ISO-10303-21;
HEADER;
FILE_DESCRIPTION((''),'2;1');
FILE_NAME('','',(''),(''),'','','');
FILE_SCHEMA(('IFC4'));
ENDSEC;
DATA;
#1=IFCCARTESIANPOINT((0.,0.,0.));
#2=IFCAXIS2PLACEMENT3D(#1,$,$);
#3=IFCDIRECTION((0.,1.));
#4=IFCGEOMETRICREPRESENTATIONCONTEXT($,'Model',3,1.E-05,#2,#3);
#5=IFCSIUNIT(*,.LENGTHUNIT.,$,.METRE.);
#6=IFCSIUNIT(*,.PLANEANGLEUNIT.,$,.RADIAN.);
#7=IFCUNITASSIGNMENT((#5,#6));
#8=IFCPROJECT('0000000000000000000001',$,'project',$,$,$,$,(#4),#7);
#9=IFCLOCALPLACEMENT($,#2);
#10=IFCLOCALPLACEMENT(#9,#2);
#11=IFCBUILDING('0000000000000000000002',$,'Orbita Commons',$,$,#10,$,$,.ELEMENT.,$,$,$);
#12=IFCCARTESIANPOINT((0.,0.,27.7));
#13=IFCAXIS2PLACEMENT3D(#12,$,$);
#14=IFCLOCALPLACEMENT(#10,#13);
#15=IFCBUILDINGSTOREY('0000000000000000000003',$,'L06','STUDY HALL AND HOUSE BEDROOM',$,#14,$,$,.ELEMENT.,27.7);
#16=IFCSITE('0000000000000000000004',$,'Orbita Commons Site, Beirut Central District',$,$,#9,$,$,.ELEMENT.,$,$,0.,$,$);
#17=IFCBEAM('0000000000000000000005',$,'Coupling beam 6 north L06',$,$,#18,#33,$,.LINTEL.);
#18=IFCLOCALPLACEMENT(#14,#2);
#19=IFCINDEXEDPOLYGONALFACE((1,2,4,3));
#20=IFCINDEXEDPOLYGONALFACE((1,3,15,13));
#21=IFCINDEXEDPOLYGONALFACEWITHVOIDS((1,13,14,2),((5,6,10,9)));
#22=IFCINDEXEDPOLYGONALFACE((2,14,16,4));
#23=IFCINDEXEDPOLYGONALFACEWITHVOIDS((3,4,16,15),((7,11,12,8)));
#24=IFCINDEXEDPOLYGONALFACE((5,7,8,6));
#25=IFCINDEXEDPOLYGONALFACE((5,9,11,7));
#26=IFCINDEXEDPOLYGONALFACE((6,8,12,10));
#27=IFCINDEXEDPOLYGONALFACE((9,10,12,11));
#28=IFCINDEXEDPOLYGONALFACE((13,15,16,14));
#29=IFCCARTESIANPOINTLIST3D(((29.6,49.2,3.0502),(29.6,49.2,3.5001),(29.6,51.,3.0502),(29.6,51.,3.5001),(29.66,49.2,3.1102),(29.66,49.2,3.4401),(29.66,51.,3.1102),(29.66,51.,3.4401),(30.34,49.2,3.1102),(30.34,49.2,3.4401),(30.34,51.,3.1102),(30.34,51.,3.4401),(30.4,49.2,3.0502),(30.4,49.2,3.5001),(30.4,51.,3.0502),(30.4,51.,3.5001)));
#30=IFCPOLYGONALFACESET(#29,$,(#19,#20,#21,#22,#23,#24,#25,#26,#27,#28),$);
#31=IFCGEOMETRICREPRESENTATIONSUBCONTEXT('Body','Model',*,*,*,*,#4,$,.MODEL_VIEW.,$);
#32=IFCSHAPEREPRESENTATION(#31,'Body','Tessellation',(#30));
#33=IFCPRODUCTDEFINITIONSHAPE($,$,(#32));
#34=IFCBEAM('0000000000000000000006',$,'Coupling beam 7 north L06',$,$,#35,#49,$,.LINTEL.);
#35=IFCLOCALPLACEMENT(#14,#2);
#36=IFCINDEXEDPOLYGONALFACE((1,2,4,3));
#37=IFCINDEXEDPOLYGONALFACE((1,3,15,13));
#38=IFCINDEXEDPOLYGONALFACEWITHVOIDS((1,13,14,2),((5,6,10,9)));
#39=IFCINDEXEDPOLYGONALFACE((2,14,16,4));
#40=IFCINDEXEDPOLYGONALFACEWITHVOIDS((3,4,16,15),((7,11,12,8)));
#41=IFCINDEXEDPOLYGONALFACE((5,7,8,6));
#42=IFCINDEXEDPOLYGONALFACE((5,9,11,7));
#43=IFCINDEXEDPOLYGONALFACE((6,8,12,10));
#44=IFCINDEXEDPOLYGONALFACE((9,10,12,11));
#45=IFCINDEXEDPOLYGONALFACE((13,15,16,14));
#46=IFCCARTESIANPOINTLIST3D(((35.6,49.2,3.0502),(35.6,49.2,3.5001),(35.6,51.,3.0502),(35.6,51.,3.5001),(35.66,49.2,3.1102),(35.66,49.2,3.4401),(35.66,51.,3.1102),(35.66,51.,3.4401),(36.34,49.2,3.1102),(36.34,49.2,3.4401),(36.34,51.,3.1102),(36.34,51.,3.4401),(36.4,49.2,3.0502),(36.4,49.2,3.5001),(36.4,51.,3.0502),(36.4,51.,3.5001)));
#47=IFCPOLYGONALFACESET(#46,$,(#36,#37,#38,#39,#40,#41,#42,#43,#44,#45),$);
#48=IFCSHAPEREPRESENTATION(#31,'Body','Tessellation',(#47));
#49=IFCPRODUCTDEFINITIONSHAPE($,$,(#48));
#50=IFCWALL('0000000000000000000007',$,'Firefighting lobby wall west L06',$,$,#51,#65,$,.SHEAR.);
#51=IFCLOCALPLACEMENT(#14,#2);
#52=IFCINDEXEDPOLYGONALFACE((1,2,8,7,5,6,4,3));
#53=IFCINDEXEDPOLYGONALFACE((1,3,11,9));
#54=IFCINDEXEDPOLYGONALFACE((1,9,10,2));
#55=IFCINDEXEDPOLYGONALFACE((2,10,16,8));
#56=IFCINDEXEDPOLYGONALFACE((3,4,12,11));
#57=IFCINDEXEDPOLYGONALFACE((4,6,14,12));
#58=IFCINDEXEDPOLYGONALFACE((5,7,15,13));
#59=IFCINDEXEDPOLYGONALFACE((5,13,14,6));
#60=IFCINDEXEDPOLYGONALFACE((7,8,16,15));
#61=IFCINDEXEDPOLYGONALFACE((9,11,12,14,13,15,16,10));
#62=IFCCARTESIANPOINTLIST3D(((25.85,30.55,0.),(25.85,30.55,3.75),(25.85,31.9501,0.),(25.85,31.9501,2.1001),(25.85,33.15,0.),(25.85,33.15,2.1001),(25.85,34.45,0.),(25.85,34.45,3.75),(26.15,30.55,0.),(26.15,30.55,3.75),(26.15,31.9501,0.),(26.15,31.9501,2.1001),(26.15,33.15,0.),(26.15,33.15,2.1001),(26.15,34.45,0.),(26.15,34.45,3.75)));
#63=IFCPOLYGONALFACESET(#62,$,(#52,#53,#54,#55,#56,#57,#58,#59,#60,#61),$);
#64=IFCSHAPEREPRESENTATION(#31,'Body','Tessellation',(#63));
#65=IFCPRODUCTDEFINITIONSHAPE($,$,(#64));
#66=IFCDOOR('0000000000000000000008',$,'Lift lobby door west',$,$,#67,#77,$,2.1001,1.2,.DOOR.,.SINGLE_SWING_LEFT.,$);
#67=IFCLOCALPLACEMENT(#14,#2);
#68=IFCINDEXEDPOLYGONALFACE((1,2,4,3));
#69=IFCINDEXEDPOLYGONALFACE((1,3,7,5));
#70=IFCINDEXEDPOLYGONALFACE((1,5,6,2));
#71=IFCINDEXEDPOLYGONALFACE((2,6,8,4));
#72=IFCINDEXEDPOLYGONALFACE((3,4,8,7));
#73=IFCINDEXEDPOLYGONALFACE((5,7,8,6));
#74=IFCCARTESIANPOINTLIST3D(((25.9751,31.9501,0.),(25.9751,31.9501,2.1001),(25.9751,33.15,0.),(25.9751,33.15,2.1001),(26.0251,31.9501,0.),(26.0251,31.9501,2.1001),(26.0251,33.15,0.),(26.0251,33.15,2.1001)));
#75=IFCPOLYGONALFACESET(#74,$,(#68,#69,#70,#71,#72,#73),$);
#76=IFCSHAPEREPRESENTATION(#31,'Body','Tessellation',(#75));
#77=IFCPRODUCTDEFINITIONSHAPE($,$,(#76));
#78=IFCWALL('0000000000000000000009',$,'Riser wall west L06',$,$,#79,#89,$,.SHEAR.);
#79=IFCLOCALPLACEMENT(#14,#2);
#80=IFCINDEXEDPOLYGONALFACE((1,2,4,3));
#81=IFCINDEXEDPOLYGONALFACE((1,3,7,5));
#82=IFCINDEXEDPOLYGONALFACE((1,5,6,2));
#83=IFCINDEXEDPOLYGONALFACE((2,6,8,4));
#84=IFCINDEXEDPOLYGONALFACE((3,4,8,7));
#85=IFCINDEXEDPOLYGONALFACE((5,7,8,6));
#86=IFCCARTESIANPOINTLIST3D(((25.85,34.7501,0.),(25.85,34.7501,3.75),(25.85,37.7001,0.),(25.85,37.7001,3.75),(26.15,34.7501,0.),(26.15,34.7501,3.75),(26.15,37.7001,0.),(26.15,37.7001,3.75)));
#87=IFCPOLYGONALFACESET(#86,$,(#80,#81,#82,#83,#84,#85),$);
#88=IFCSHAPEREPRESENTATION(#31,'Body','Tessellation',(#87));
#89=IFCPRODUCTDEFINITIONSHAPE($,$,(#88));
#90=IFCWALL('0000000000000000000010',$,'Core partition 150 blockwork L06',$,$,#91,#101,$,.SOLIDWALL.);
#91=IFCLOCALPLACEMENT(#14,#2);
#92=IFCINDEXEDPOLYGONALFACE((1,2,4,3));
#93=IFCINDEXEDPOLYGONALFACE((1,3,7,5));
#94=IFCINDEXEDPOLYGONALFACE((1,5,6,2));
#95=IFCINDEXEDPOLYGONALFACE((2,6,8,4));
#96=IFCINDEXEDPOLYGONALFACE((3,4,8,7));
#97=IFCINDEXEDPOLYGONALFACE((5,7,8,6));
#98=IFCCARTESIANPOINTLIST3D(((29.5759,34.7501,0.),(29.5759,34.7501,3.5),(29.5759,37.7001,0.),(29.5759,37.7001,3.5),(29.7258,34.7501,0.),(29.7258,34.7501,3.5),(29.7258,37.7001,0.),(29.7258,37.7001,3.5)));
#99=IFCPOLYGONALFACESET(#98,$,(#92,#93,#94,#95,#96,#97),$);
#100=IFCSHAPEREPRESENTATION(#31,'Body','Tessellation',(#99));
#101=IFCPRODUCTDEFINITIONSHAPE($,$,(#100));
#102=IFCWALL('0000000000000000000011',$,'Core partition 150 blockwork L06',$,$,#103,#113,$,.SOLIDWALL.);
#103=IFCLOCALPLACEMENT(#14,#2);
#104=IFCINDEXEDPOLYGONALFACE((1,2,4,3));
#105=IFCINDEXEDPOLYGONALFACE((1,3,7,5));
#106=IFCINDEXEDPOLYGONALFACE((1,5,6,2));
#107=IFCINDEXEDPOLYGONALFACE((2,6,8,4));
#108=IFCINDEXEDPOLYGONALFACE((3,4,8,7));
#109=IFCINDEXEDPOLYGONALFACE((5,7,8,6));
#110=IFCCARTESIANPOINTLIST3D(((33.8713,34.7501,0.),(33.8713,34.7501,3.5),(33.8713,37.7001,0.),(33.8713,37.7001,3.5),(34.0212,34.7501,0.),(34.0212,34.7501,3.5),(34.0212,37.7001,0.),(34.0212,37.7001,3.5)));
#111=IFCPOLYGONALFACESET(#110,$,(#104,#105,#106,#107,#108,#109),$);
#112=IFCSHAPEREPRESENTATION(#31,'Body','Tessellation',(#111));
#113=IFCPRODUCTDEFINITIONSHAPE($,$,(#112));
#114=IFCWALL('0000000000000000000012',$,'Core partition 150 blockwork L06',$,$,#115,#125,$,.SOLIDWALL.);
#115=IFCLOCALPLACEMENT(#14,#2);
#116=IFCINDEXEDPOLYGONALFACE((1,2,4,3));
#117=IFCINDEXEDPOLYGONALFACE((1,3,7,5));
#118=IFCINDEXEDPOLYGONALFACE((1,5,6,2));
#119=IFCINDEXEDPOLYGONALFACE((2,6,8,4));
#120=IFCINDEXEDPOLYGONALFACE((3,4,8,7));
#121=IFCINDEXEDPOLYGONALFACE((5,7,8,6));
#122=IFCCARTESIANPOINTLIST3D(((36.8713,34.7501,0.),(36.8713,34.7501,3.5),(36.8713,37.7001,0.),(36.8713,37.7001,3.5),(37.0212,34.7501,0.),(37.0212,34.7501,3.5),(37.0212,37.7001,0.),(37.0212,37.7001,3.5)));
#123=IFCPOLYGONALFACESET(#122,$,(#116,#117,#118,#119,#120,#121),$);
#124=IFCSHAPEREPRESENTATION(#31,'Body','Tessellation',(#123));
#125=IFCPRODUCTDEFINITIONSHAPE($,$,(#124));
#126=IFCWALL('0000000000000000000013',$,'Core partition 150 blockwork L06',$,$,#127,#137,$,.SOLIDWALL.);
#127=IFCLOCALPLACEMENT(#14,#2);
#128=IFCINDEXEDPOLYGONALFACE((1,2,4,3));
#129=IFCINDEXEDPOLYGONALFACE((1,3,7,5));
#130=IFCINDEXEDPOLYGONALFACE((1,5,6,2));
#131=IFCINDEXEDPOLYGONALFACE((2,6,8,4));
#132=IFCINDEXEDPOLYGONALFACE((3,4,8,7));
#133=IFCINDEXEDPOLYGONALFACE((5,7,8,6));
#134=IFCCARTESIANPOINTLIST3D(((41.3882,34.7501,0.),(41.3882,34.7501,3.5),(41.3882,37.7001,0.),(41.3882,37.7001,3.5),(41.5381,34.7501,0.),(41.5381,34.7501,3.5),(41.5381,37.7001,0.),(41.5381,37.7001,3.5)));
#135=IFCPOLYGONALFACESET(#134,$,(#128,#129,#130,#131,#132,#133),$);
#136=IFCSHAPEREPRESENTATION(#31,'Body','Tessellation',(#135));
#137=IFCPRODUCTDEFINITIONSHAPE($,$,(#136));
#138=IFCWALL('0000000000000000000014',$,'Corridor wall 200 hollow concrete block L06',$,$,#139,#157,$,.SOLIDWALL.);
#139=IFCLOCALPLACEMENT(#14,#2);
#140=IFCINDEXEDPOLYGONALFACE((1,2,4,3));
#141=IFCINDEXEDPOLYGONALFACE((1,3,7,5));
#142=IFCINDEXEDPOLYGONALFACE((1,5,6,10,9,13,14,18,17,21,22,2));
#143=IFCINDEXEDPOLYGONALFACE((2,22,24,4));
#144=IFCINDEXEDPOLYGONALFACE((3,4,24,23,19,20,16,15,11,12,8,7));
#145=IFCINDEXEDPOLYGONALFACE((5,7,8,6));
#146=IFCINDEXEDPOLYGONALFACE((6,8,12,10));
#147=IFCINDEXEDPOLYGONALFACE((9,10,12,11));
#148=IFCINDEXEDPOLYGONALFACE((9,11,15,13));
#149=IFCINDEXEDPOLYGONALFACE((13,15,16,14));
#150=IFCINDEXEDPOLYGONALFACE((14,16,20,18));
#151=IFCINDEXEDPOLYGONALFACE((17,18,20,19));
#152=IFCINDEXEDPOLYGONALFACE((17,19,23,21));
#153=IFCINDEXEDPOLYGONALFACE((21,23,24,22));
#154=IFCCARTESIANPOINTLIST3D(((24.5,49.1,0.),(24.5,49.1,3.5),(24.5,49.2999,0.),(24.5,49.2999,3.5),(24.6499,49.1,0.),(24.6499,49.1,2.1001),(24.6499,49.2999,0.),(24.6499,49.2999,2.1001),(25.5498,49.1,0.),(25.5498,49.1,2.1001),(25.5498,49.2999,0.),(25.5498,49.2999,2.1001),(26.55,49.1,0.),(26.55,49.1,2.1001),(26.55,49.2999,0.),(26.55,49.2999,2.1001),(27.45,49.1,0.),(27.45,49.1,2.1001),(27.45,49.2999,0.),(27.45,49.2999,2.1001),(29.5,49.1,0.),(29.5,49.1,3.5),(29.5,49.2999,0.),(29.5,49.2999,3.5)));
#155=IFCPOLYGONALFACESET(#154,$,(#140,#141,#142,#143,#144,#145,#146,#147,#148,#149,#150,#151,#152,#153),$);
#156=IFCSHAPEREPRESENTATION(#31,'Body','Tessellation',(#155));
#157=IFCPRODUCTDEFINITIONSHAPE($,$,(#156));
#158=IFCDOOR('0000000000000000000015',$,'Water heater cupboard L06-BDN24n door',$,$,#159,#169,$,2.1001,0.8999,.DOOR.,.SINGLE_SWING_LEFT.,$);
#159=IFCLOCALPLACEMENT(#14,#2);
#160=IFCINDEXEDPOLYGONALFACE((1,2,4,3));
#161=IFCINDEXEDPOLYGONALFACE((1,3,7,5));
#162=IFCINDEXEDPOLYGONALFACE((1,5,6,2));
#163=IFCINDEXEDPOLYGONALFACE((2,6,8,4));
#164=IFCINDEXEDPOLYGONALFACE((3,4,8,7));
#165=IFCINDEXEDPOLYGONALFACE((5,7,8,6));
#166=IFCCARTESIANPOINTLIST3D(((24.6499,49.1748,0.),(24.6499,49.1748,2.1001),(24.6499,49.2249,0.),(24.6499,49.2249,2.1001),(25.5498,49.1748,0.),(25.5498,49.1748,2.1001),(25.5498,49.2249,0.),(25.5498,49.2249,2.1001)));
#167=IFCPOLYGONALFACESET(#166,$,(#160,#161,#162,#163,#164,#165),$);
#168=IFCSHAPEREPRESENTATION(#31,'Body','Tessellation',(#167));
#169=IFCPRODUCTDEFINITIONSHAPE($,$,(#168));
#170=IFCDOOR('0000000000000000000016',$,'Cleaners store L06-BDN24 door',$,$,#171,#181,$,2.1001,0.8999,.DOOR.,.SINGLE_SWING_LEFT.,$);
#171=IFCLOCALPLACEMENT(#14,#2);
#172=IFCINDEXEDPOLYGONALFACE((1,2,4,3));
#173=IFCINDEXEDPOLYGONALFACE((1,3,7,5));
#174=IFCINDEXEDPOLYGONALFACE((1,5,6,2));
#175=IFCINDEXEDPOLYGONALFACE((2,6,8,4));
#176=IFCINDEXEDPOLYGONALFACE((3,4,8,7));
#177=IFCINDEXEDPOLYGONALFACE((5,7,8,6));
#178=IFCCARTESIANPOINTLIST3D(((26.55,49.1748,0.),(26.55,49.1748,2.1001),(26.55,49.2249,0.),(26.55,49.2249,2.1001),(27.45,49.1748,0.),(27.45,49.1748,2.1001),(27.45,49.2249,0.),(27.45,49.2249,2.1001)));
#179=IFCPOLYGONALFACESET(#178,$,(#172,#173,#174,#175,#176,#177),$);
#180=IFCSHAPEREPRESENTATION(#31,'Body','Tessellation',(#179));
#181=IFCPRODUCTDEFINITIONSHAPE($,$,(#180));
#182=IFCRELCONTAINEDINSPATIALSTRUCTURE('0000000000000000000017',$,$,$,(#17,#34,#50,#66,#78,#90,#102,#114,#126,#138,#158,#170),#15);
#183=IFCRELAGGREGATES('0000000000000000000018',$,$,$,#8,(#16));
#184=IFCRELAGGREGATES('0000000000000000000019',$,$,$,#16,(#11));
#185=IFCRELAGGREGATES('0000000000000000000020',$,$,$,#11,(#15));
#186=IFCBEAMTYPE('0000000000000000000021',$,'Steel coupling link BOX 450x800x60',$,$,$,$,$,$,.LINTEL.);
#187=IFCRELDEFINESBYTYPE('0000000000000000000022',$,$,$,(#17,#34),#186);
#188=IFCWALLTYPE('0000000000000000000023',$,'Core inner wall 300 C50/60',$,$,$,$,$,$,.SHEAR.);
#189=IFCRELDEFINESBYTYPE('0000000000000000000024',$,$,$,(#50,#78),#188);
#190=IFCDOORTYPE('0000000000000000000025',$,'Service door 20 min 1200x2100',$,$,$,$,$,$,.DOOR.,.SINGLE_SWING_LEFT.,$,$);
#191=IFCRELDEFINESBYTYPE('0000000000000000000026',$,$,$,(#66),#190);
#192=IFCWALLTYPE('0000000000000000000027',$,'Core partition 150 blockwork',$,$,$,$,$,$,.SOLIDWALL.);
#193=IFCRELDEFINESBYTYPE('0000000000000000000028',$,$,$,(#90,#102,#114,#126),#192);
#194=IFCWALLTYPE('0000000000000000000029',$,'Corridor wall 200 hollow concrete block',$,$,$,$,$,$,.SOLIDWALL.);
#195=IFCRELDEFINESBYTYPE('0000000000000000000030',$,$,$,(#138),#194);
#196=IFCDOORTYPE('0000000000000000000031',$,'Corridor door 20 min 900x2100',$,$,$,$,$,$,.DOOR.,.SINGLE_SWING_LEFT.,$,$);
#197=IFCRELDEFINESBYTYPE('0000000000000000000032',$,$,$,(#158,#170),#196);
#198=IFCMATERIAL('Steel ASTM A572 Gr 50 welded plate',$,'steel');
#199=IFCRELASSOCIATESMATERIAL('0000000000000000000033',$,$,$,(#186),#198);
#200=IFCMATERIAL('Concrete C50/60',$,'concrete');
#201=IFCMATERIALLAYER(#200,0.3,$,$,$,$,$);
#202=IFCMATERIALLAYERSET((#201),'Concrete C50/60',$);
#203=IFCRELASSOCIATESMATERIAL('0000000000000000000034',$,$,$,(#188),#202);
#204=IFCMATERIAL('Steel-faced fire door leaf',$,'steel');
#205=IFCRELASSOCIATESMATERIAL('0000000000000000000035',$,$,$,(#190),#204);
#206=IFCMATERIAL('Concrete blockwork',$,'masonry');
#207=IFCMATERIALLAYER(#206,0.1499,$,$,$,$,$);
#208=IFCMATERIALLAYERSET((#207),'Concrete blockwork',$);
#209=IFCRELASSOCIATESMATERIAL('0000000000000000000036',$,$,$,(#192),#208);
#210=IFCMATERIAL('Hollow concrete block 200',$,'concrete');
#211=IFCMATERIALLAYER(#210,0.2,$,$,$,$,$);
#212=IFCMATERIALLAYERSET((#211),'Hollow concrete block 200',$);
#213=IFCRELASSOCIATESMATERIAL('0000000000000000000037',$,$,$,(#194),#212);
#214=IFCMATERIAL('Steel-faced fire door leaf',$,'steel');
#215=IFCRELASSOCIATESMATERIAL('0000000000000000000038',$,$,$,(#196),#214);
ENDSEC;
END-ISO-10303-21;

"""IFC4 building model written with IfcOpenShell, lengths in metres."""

from ifc_helpers import new_model, si_unit, direction, frame, frame_2d, origin, origin_2d, place, context, subcontext, project, spatial, rectangle, hollow_rectangle, extrude, material, layer, layer_set, material_profile, profile_set, type_object, element, fill, save


model = new_model("IFC4")

# Units and contexts
model_context = context("Model", 3, precision=1e-05, world=origin(), true_north=direction((0.0, 1.0)))
body_context = subcontext(model_context, "Body", "Model", "MODEL_VIEW")
ifc_project = project(units=[si_unit("LENGTHUNIT", "METRE"), si_unit("PLANEANGLEUNIT", "RADIAN")], contexts=[model_context])

# Site, building, storey
site_placement = place(None, origin())
site = spatial("IfcSite", under=ifc_project, at=site_placement, Name="Orbita Commons Site, Beirut Central District", CompositionType="ELEMENT", RefElevation=0.0)
building_placement = place(site_placement, origin())
building = spatial("IfcBuilding", under=site, at=building_placement, Name="Orbita Commons", CompositionType="ELEMENT")
storey_placement = place(building_placement, frame((0.0, 0.0, 27.7)))
storey = spatial("IfcBuildingStorey", under=building, at=storey_placement, Name="L06", Description="STUDY HALL AND HOUSE BEDROOM", CompositionType="ELEMENT", Elevation=27.7)

# Beams
ifc_material_1 = material(Name="Steel ASTM A572 Gr 50 welded plate", Category="steel")
ifc_material_profile = material_profile(ifc_material_1, hollow_rectangle(XDim=0.8, YDim=0.45, WallThickness=0.0601, at=origin_2d()), Name="BOX 450x800x60")
ifc_profile_set = profile_set([ifc_material_profile], Name="Steel ASTM A572 Gr 50 welded plate")
beam_type = type_object("IfcBeamType", Name="Steel coupling link BOX 450x800x60", PredefinedType="LINTEL", material=ifc_profile_set)
for number, where, z_axis, x_axis, name in (
    (1, (30.0, 49.2, 3.2751), (0.0, 1.0, 0.0), (-1.0, 0.0, 0.0), "Coupling beam 6 north L06"),
    (2, (36.0, 49.2, 3.2751), (0.0, 1.0, 0.0), (-1.0, 0.0, 0.0), "Coupling beam 7 north L06"),
):
    element("IfcBeam", number, at=place(storey_placement, frame(where, z_axis=z_axis, x_axis=x_axis)), inside=storey, type_object=beam_type, Name=name, PredefinedType="LINTEL", context=body_context, shape_type="SweptSolid", body=[
        extrude(hollow_rectangle(XDim=0.8, YDim=0.45, WallThickness=0.0601, at=origin_2d()), origin(), (0.0, 0.0, 1.0), 1.8),
    ])

# Wall, opening, door
ifc_material_2 = material(Name="Concrete C50/60", Category="concrete")
ifc_layer_1 = layer(ifc_material_2, 0.3)
ifc_layer_set_1 = layer_set([ifc_layer_1], Name="Concrete C50/60")
wall_type_1 = type_object("IfcWallType", Name="Core inner wall 300 C50/60", PredefinedType="SHEAR", material=ifc_layer_set_1)
wall_1_placement = place(storey_placement, frame((26.0, 30.55, 0.0), z_axis=(0.0, 0.0, 1.0), x_axis=(0.0, 1.0, 0.0)))
wall_1 = element("IfcWall", 3, at=wall_1_placement, inside=storey, type_object=wall_type_1, Name="Firefighting lobby wall west L06", PredefinedType="SHEAR", context=body_context, shape_type="SweptSolid", body=[
    extrude(rectangle(XDim=3.8999, YDim=0.3, at=frame_2d((1.95, 0.0))), origin(), (0.0, 0.0, 1.0), 3.75),
])
opening_1_placement = place(wall_1_placement, frame((1.3999, 0.0, 0.0)))
opening_1 = element("IfcOpeningElement", 4, at=opening_1_placement, cuts=wall_1, PredefinedType="OPENING", context=body_context, shape_type="SweptSolid", body=[
    extrude(rectangle(XDim=1.2, YDim=2.1001, at=frame_2d((0.6001, 1.05))), frame((0.0, 0.1599, 0.0), z_axis=(0.0, -1.0, 0.0), x_axis=(1.0, 0.0, 0.0)), (0.0, 0.0, 1.0), 0.3201),
])
ifc_material_3 = material(Name="Steel-faced fire door leaf", Category="steel")
door_type_1 = type_object("IfcDoorType", Name="Service door 20 min 1200x2100", OperationType="SINGLE_SWING_LEFT", PredefinedType="DOOR", material=ifc_material_3)
door_1_placement = place(opening_1_placement, origin())
door_1 = element("IfcDoor", 5, at=door_1_placement, inside=storey, type_object=door_type_1, Name="Lift lobby door west", OperationType="SINGLE_SWING_LEFT", OverallHeight=2.1001, OverallWidth=1.2, PredefinedType="DOOR", context=body_context, shape_type="SweptSolid", body=[
    extrude(rectangle(XDim=1.2, YDim=2.1001, at=frame_2d((0.6001, 1.05))), frame((0.0, 0.0249, 0.0), z_axis=(0.0, -1.0, 0.0), x_axis=(1.0, 0.0, 0.0)), (0.0, 0.0, 1.0), 0.05),
])
fill(opening_1, door_1)

# Walls
wall_2_placement = place(storey_placement, frame((26.0, 34.75, 0.0), z_axis=(0.0, 0.0, 1.0), x_axis=(0.0, 1.0, 0.0)))
element("IfcWall", 6, at=wall_2_placement, inside=storey, type_object=wall_type_1, Name="Riser wall west L06", PredefinedType="SHEAR", context=body_context, shape_type="SweptSolid", body=[
    extrude(rectangle(XDim=2.95, YDim=0.3, at=frame_2d((1.4751, 0.0))), origin(), (0.0, 0.0, 1.0), 3.75),
])
ifc_material_4 = material(Name="Concrete blockwork", Category="masonry")
ifc_layer_2 = layer(ifc_material_4, 0.1499)
ifc_layer_set_2 = layer_set([ifc_layer_2], Name="Concrete blockwork")
wall_type_2 = type_object("IfcWallType", Name="Core partition 150 blockwork", PredefinedType="SOLIDWALL", material=ifc_layer_set_2)
for number, where, z_axis, x_axis, name in (
    (7, (29.6509, 34.75, 0.0), (0.0, 0.0, 1.0), (0.0, 1.0, 0.0), "Core partition 150 blockwork L06"),
    (8, (33.9463, 34.75, 0.0), (0.0, 0.0, 1.0), (0.0, 1.0, 0.0), "Core partition 150 blockwork L06"),
    (9, (36.9463, 34.75, 0.0), (0.0, 0.0, 1.0), (0.0, 1.0, 0.0), "Core partition 150 blockwork L06"),
    (10, (41.4631, 34.75, 0.0), (0.0, 0.0, 1.0), (0.0, 1.0, 0.0), "Core partition 150 blockwork L06"),
):
    element("IfcWall", number, at=place(storey_placement, frame(where, z_axis=z_axis, x_axis=x_axis)), inside=storey, type_object=wall_type_2, Name=name, PredefinedType="SOLIDWALL", context=body_context, shape_type="SweptSolid", body=[
        extrude(rectangle(XDim=2.95, YDim=0.1499, at=frame_2d((1.4751, 0.0))), origin(), (0.0, 0.0, 1.0), 3.5),
    ])

# Wall, openings, doors
ifc_material_5 = material(Name="Hollow concrete block 200", Category="concrete")
ifc_layer_3 = layer(ifc_material_5, 0.2)
ifc_layer_set_3 = layer_set([ifc_layer_3], Name="Hollow concrete block 200")
wall_type_3 = type_object("IfcWallType", Name="Corridor wall 200 hollow concrete block", PredefinedType="SOLIDWALL", material=ifc_layer_set_3)
wall_3_placement = place(storey_placement, frame((24.5, 49.2, 0.0), z_axis=(0.0, 0.0, 1.0), x_axis=(1.0, 0.0, 0.0)))
wall_3 = element("IfcWall", 11, at=wall_3_placement, inside=storey, type_object=wall_type_3, Name="Corridor wall 200 hollow concrete block L06", PredefinedType="SOLIDWALL", context=body_context, shape_type="SweptSolid", body=[
    extrude(rectangle(XDim=5.0, YDim=0.2, at=frame_2d((2.5, 0.0))), origin(), (0.0, 0.0, 1.0), 3.5),
])
opening_2_placement = place(wall_3_placement, frame((0.1499, 0.0, 0.0)))
opening_2 = element("IfcOpeningElement", 12, at=opening_2_placement, cuts=wall_3, PredefinedType="OPENING", context=body_context, shape_type="SweptSolid", body=[
    extrude(rectangle(XDim=0.8999, YDim=2.1001, at=frame_2d((0.45, 1.05))), frame((0.0, 0.1099, 0.0), z_axis=(0.0, -1.0, 0.0), x_axis=(1.0, 0.0, 0.0)), (0.0, 0.0, 1.0), 0.22),
])
opening_3_placement = place(wall_3_placement, frame((2.05, 0.0, 0.0)))
opening_3 = element("IfcOpeningElement", 13, at=opening_3_placement, cuts=wall_3, PredefinedType="OPENING", context=body_context, shape_type="SweptSolid", body=[
    extrude(rectangle(XDim=0.8999, YDim=2.1001, at=frame_2d((0.45, 1.05))), frame((0.0, 0.1099, 0.0), z_axis=(0.0, -1.0, 0.0), x_axis=(1.0, 0.0, 0.0)), (0.0, 0.0, 1.0), 0.22),
])
ifc_material_6 = material(Name="Steel-faced fire door leaf", Category="steel")
door_type_2 = type_object("IfcDoorType", Name="Corridor door 20 min 900x2100", OperationType="SINGLE_SWING_LEFT", PredefinedType="DOOR", material=ifc_material_6)
door_2_placement = place(opening_2_placement, origin())
door_2 = element("IfcDoor", 14, at=door_2_placement, inside=storey, type_object=door_type_2, Name="Water heater cupboard L06-BDN24n door", OperationType="SINGLE_SWING_LEFT", OverallHeight=2.1001, OverallWidth=0.8999, PredefinedType="DOOR", context=body_context, shape_type="SweptSolid", body=[
    extrude(rectangle(XDim=0.8999, YDim=2.1001, at=frame_2d((0.45, 1.05))), frame((0.0, 0.0249, 0.0), z_axis=(0.0, -1.0, 0.0), x_axis=(1.0, 0.0, 0.0)), (0.0, 0.0, 1.0), 0.05),
])
fill(opening_2, door_2)
door_3_placement = place(opening_3_placement, origin())
door_3 = element("IfcDoor", 15, at=door_3_placement, inside=storey, type_object=door_type_2, Name="Cleaners store L06-BDN24 door", OperationType="SINGLE_SWING_LEFT", OverallHeight=2.1001, OverallWidth=0.8999, PredefinedType="DOOR", context=body_context, shape_type="SweptSolid", body=[
    extrude(rectangle(XDim=0.8999, YDim=2.1001, at=frame_2d((0.45, 1.05))), frame((0.0, 0.0249, 0.0), z_axis=(0.0, -1.0, 0.0), x_axis=(1.0, 0.0, 0.0)), (0.0, 0.0, 1.0), 0.05),
])
fill(opening_3, door_3)

save(model, "model.ifc")
